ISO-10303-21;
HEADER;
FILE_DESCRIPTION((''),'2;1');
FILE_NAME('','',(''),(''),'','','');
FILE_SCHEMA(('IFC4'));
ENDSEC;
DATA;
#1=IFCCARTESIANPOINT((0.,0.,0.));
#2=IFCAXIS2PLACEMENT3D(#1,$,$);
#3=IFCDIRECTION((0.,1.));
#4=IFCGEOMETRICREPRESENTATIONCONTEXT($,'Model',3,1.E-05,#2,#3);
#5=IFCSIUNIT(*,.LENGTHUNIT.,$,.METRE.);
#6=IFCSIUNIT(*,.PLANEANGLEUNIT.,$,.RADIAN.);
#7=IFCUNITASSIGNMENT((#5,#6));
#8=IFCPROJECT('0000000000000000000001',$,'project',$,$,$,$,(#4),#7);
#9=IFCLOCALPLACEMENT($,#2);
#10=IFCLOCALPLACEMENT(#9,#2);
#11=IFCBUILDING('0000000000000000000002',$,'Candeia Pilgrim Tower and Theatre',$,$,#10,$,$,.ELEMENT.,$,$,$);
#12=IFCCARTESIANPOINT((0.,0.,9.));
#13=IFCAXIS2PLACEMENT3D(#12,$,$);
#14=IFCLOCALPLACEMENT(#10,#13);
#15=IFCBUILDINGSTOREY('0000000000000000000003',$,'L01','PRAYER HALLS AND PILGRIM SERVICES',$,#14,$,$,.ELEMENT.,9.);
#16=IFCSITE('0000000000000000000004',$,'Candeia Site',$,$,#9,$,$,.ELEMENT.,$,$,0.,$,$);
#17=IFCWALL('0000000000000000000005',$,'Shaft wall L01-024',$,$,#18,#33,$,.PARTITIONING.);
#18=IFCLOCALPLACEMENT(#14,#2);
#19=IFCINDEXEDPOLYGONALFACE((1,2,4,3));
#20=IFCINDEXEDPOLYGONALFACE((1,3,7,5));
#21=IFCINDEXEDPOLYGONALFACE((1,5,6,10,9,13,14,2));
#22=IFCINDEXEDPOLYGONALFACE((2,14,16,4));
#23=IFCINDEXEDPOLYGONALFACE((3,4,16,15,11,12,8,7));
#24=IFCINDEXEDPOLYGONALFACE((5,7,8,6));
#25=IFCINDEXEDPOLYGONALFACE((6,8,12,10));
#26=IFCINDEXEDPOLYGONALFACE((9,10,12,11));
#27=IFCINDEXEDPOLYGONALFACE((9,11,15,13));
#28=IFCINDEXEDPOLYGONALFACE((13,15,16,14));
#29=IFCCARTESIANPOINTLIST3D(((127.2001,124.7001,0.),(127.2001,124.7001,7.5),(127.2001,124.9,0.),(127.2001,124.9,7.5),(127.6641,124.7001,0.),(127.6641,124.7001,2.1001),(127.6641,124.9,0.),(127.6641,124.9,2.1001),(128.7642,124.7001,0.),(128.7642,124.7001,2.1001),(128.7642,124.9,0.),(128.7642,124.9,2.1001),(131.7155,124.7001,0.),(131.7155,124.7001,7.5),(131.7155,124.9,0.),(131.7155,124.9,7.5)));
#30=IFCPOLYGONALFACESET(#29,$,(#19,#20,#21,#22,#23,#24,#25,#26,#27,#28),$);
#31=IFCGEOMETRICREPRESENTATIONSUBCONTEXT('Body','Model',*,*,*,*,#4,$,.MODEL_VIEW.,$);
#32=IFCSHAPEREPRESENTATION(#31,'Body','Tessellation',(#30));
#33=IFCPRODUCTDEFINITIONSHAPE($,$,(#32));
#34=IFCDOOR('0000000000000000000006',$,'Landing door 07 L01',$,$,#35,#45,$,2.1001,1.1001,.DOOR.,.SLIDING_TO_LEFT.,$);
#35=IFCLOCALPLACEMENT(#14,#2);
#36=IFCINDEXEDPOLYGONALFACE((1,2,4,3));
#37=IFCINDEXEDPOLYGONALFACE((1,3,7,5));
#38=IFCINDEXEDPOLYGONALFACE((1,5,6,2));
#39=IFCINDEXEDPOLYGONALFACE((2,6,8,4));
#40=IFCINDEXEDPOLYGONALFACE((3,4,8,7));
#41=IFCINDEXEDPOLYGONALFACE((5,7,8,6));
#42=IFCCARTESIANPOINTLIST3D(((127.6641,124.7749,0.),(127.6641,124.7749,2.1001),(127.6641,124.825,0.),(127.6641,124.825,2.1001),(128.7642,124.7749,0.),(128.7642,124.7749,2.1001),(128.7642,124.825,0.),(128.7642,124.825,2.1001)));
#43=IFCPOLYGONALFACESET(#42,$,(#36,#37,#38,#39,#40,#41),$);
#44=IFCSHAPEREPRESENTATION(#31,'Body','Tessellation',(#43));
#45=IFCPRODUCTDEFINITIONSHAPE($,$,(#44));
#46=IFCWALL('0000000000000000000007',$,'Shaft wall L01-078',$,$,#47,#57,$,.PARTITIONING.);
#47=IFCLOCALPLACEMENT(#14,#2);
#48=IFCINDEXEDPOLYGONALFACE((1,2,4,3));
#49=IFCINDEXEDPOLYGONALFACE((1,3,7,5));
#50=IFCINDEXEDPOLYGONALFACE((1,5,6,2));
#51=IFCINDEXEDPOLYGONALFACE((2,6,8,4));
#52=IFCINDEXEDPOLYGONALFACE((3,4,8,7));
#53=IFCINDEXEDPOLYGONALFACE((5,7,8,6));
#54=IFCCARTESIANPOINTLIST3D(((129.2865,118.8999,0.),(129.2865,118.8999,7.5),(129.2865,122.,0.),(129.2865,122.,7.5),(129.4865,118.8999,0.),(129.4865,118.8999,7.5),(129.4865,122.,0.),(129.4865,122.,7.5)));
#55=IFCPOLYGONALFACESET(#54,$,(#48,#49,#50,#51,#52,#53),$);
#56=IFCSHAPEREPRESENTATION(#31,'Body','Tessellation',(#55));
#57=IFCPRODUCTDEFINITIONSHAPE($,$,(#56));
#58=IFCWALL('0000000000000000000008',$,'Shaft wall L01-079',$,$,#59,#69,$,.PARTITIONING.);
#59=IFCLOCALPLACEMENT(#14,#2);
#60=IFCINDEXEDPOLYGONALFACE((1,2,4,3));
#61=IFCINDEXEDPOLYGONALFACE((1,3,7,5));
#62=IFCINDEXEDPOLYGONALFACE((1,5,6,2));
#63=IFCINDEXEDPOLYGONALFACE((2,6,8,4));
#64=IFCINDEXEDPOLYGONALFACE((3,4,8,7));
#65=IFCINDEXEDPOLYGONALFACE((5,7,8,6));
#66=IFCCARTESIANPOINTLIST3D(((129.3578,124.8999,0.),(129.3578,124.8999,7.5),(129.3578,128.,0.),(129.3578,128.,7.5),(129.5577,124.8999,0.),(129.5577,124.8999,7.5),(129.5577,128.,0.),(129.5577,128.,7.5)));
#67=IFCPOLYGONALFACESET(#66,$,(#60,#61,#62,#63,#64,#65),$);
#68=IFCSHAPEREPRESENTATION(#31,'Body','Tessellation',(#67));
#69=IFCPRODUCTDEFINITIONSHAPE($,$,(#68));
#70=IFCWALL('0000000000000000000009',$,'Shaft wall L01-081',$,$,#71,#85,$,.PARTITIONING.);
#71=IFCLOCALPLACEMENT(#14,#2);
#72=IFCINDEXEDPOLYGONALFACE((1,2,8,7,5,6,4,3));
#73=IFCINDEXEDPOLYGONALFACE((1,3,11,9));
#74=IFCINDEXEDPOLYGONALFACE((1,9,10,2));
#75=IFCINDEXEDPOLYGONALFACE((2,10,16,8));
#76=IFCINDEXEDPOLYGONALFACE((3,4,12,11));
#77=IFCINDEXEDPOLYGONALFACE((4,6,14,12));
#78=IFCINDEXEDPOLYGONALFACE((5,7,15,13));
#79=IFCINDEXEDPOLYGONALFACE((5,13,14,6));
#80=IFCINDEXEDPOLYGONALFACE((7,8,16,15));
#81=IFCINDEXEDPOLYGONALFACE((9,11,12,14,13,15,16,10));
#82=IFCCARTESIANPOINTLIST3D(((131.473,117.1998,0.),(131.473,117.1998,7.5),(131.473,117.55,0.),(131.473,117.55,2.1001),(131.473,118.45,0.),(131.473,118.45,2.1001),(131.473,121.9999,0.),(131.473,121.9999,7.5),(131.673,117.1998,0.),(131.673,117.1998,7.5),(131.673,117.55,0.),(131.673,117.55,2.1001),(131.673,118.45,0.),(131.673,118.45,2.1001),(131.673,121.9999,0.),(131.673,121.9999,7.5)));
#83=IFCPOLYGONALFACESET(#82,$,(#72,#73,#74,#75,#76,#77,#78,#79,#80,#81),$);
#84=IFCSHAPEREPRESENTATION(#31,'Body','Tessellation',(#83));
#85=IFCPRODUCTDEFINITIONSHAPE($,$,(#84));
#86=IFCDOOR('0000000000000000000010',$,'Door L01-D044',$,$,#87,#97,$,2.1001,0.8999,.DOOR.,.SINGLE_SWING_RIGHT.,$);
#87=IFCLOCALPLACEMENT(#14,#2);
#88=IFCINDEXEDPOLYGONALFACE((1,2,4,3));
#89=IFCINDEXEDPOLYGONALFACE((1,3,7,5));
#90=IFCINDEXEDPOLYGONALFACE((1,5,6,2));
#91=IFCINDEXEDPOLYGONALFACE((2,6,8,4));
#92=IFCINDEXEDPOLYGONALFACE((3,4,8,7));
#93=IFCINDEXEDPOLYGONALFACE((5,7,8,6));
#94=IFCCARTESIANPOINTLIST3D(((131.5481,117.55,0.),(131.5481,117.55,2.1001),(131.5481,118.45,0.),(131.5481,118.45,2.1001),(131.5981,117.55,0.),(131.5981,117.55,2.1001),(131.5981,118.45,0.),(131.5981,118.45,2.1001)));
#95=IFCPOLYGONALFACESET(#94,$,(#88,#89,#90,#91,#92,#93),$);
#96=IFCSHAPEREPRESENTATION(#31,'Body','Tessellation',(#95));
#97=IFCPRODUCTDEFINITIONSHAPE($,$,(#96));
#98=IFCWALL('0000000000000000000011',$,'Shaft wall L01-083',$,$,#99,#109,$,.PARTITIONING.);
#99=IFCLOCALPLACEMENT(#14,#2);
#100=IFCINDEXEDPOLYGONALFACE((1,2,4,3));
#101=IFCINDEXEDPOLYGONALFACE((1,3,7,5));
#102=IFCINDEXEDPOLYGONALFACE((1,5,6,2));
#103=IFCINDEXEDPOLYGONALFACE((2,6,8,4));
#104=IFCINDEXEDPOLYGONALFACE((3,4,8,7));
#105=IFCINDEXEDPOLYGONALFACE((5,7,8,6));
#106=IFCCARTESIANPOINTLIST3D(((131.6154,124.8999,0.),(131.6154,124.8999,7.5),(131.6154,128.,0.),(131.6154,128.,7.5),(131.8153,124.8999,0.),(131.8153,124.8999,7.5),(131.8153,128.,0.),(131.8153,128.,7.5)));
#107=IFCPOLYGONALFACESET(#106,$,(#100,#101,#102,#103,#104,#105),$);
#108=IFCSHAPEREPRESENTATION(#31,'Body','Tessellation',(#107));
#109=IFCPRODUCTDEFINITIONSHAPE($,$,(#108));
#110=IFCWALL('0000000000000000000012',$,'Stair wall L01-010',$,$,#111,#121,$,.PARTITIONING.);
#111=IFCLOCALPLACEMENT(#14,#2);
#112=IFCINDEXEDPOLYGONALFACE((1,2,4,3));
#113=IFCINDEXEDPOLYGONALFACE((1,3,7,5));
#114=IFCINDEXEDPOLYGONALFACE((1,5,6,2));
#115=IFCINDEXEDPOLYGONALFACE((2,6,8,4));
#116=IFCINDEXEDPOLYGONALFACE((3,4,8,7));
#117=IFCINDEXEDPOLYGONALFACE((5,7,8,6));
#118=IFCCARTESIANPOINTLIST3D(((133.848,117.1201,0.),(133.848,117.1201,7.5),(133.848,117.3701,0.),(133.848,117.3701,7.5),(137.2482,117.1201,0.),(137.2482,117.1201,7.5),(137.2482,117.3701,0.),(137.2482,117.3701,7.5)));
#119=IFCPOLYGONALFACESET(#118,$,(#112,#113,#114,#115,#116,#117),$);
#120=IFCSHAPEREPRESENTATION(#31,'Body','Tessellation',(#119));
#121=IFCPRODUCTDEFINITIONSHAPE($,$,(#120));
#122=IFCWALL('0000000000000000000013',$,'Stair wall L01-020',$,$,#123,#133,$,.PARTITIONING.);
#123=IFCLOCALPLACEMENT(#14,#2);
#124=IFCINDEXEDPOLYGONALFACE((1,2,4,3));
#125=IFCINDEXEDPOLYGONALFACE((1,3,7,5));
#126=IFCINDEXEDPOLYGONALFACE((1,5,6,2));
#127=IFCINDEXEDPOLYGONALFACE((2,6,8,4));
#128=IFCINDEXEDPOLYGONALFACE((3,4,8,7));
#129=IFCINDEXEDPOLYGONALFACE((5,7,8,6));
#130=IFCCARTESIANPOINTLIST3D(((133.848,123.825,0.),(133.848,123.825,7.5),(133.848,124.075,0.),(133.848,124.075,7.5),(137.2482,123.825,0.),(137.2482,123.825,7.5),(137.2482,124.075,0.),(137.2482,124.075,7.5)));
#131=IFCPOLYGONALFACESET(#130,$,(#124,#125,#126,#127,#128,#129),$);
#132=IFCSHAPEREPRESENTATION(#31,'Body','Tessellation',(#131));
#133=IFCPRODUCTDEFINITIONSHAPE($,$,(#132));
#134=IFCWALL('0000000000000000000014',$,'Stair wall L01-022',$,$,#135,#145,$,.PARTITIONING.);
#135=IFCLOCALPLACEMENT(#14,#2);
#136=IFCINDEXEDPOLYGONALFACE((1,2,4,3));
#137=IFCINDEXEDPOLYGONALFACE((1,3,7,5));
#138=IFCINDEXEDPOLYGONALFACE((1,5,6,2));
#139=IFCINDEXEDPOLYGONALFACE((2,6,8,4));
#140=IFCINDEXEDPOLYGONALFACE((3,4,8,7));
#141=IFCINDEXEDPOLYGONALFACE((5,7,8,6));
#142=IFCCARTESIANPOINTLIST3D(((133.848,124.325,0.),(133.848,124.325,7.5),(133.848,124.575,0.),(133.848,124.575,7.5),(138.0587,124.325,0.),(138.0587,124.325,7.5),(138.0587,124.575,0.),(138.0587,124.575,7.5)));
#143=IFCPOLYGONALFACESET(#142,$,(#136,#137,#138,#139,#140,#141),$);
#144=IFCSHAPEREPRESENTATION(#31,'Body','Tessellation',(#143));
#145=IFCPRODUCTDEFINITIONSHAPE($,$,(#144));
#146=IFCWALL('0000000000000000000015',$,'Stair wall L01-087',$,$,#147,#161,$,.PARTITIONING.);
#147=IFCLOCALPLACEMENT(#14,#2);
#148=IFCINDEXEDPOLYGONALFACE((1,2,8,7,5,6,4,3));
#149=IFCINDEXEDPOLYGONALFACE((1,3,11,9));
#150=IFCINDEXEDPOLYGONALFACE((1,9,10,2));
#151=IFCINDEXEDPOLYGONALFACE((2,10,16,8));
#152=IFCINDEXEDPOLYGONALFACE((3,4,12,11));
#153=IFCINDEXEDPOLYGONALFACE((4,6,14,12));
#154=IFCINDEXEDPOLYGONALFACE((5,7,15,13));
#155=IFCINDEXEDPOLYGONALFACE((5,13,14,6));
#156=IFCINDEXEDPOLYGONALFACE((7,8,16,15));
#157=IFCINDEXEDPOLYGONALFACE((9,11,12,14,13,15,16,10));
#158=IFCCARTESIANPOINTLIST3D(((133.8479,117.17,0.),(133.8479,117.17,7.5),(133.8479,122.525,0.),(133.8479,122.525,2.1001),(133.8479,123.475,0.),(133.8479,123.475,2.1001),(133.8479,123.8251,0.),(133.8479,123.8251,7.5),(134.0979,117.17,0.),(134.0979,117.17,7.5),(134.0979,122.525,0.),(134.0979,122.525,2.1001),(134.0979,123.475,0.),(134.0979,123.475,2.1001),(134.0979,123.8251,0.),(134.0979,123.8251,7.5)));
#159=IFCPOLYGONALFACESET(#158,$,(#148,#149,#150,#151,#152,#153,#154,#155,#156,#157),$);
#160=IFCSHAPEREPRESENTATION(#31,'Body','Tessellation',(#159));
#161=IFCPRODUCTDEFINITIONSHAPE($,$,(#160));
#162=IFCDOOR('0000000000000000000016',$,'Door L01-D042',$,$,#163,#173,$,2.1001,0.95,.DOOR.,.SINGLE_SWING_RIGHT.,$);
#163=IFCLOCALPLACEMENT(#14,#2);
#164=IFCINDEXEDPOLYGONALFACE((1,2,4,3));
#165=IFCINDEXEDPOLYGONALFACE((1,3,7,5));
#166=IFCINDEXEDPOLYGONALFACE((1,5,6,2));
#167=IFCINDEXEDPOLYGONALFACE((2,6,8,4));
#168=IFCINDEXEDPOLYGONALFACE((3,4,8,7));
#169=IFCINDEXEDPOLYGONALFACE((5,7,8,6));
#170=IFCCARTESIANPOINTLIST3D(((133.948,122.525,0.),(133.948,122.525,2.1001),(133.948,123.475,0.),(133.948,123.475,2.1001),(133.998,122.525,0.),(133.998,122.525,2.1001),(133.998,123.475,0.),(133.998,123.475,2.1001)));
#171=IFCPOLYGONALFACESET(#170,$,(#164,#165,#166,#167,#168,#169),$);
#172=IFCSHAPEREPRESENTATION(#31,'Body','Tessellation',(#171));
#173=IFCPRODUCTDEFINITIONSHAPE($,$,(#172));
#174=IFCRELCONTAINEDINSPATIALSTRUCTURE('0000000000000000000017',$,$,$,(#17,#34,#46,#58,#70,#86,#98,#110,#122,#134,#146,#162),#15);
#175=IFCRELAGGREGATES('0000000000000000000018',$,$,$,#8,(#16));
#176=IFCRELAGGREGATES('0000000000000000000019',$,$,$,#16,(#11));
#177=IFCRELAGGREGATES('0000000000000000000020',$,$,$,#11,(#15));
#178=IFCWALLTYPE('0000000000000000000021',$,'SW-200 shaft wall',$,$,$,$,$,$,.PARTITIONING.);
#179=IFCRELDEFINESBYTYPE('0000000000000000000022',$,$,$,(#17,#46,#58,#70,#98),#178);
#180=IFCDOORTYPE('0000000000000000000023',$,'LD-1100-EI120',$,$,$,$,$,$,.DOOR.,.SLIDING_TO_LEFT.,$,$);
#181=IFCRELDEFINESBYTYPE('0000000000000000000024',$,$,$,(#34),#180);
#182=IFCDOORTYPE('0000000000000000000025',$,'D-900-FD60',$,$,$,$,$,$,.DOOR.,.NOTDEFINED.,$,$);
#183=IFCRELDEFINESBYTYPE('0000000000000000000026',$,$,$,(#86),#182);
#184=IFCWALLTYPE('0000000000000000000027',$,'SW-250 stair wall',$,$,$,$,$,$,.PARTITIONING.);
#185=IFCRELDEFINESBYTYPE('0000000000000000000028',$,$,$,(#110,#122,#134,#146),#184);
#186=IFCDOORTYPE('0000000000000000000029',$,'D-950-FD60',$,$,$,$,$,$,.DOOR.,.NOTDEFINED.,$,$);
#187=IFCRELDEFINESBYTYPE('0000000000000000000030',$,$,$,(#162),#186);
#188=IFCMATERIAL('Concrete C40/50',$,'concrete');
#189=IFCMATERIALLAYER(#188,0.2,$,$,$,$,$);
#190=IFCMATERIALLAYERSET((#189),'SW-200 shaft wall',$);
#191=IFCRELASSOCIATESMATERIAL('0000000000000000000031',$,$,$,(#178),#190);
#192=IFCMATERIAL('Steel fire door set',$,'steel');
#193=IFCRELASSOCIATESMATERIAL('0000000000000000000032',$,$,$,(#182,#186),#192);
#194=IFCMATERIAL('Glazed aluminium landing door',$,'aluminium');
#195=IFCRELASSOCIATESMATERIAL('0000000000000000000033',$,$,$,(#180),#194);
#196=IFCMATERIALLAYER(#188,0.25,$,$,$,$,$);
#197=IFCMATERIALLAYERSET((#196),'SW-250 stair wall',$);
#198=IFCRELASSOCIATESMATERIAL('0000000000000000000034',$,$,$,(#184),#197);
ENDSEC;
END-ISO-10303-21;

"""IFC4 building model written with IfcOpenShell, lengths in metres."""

from ifc_helpers import new_model, si_unit, direction, frame, frame_2d, origin, place, context, subcontext, project, spatial, rectangle, extrude, material, layer, layer_set, type_object, element, fill, save


model = new_model("IFC4")

# Units and contexts
model_context = context("Model", 3, precision=1e-05, world=origin(), true_north=direction((0.0, 1.0)))
body_context = subcontext(model_context, "Body", "Model", "MODEL_VIEW")
ifc_project = project(units=[si_unit("LENGTHUNIT", "METRE"), si_unit("PLANEANGLEUNIT", "RADIAN")], contexts=[model_context])

# Site, building, storey
site_placement = place(None, origin())
site = spatial("IfcSite", under=ifc_project, at=site_placement, Name="Candeia Site", CompositionType="ELEMENT", RefElevation=0.0)
building_placement = place(site_placement, origin())
building = spatial("IfcBuilding", under=site, at=building_placement, Name="Candeia Pilgrim Tower and Theatre", CompositionType="ELEMENT")
storey_placement = place(building_placement, frame((0.0, 0.0, 9.0)))
storey = spatial("IfcBuildingStorey", under=building, at=storey_placement, Name="L01", Description="PRAYER HALLS AND PILGRIM SERVICES", CompositionType="ELEMENT", Elevation=9.0)

# Shared definitions
ifc_material_1 = material(Name="Steel fire door set", Category="steel")

# Shared definitions
ifc_material_2 = material(Name="Concrete C40/50", Category="concrete")
ifc_layer_1 = layer(ifc_material_2, 0.2)
ifc_layer_set_1 = layer_set([ifc_layer_1], Name="SW-200 shaft wall")
wall_type_1 = type_object("IfcWallType", Name="SW-200 shaft wall", PredefinedType="PARTITIONING", material=ifc_layer_set_1)

# Shared definitions
door_type_1 = type_object("IfcDoorType", Name="D-900-FD60", OperationType="NOTDEFINED", PredefinedType="DOOR", material=ifc_material_1)

# Wall, opening, door
wall_1_placement = place(storey_placement, frame((127.2, 124.8, 0.0), z_axis=(0.0, 0.0, 1.0), x_axis=(1.0, 0.0, 0.0)))
wall_1 = element("IfcWall", 1, at=wall_1_placement, inside=storey, type_object=wall_type_1, Name="Shaft wall L01-024", PredefinedType="PARTITIONING", context=body_context, shape_type="SweptSolid", body=[
    extrude(rectangle(XDim=4.5154, YDim=0.2, at=frame_2d((2.2578, 0.0))), origin(), (0.0, 0.0, 1.0), 7.5),
])
opening_1_placement = place(wall_1_placement, frame((0.4641, 0.0, 0.0)))
opening_1 = element("IfcOpeningElement", 2, at=opening_1_placement, cuts=wall_1, PredefinedType="OPENING", context=body_context, shape_type="SweptSolid", body=[
    extrude(rectangle(XDim=1.1001, YDim=2.1001, at=frame_2d((0.55, 1.05))), frame((0.0, 0.1099, 0.0), z_axis=(0.0, -1.0, 0.0), x_axis=(1.0, 0.0, 0.0)), (0.0, 0.0, 1.0), 0.22),
])
ifc_material_3 = material(Name="Glazed aluminium landing door", Category="aluminium")
door_type_2 = type_object("IfcDoorType", Name="LD-1100-EI120", OperationType="SLIDING_TO_LEFT", PredefinedType="DOOR", material=ifc_material_3)
door_1_placement = place(opening_1_placement, origin())
door_1 = element("IfcDoor", 3, at=door_1_placement, inside=storey, type_object=door_type_2, Name="Landing door 07 L01", OperationType="SLIDING_TO_LEFT", OverallHeight=2.1001, OverallWidth=1.1001, PredefinedType="DOOR", context=body_context, shape_type="SweptSolid", body=[
    extrude(rectangle(XDim=1.1001, YDim=2.1001, at=frame_2d((0.55, 1.05))), frame((0.0, 0.0249, 0.0), z_axis=(0.0, -1.0, 0.0), x_axis=(1.0, 0.0, 0.0)), (0.0, 0.0, 1.0), 0.05),
])
fill(opening_1, door_1)

# Walls
for number, where, z_axis, x_axis, name in (
    (4, (129.3865, 118.8999, 0.0), (0.0, 0.0, 1.0), (0.0, 1.0, 0.0), "Shaft wall L01-078"),
    (5, (129.4578, 124.8999, 0.0), (0.0, 0.0, 1.0), (0.0, 1.0, 0.0), "Shaft wall L01-079"),
):
    element("IfcWall", number, at=place(storey_placement, frame(where, z_axis=z_axis, x_axis=x_axis)), inside=storey, type_object=wall_type_1, Name=name, PredefinedType="PARTITIONING", context=body_context, shape_type="SweptSolid", body=[
        extrude(rectangle(XDim=3.1001, YDim=0.2, at=frame_2d((1.55, 0.0))), origin(), (0.0, 0.0, 1.0), 7.5),
    ])

# Wall, opening, door
wall_2_placement = place(storey_placement, frame((131.573, 117.2, 0.0), z_axis=(0.0, 0.0, 1.0), x_axis=(0.0, 1.0, 0.0)))
wall_2 = element("IfcWall", 6, at=wall_2_placement, inside=storey, type_object=wall_type_1, Name="Shaft wall L01-081", PredefinedType="PARTITIONING", context=body_context, shape_type="SweptSolid", body=[
    extrude(rectangle(XDim=4.8, YDim=0.2, at=frame_2d((2.3999, 0.0))), origin(), (0.0, 0.0, 1.0), 7.5),
])
opening_2_placement = place(wall_2_placement, frame((0.3501, 0.0, 0.0)))
opening_2 = element("IfcOpeningElement", 7, at=opening_2_placement, cuts=wall_2, PredefinedType="OPENING", context=body_context, shape_type="SweptSolid", body=[
    extrude(rectangle(XDim=0.8999, YDim=2.1001, at=frame_2d((0.45, 1.05))), frame((0.0, 0.1099, 0.0), z_axis=(0.0, -1.0, 0.0), x_axis=(1.0, 0.0, 0.0)), (0.0, 0.0, 1.0), 0.22),
])
door_2_placement = place(opening_2_placement, origin())
door_2 = element("IfcDoor", 8, at=door_2_placement, inside=storey, type_object=door_type_1, Name="Door L01-D044", OperationType="SINGLE_SWING_RIGHT", OverallHeight=2.1001, OverallWidth=0.8999, PredefinedType="DOOR", context=body_context, shape_type="SweptSolid", body=[
    extrude(rectangle(XDim=0.8999, YDim=2.1001, at=frame_2d((0.45, 1.05))), frame((0.0, 0.0249, 0.0), z_axis=(0.0, -1.0, 0.0), x_axis=(1.0, 0.0, 0.0)), (0.0, 0.0, 1.0), 0.05),
])
fill(opening_2, door_2)

# Walls
wall_3_placement = place(storey_placement, frame((131.7153, 124.8999, 0.0), z_axis=(0.0, 0.0, 1.0), x_axis=(0.0, 1.0, 0.0)))
element("IfcWall", 9, at=wall_3_placement, inside=storey, type_object=wall_type_1, Name="Shaft wall L01-083", PredefinedType="PARTITIONING", context=body_context, shape_type="SweptSolid", body=[
    extrude(rectangle(XDim=3.1001, YDim=0.2, at=frame_2d((1.55, 0.0))), origin(), (0.0, 0.0, 1.0), 7.5),
])
ifc_layer_2 = layer(ifc_material_2, 0.25)
ifc_layer_set_2 = layer_set([ifc_layer_2], Name="SW-250 stair wall")
wall_type_2 = type_object("IfcWallType", Name="SW-250 stair wall", PredefinedType="PARTITIONING", material=ifc_layer_set_2)
for number, where, z_axis, x_axis, name in (
    (10, (133.8479, 117.2451, 0.0), (0.0, 0.0, 1.0), (1.0, 0.0, 0.0), "Stair wall L01-010"),
    (11, (133.8479, 123.95, 0.0), (0.0, 0.0, 1.0), (1.0, 0.0, 0.0), "Stair wall L01-020"),
):
    element("IfcWall", number, at=place(storey_placement, frame(where, z_axis=z_axis, x_axis=x_axis)), inside=storey, type_object=wall_type_2, Name=name, PredefinedType="PARTITIONING", context=body_context, shape_type="SweptSolid", body=[
        extrude(rectangle(XDim=3.4001, YDim=0.25, at=frame_2d((1.7002, 0.0))), origin(), (0.0, 0.0, 1.0), 7.5),
    ])
wall_4_placement = place(storey_placement, frame((133.8479, 124.45, 0.0), z_axis=(0.0, 0.0, 1.0), x_axis=(1.0, 0.0, 0.0)))
element("IfcWall", 12, at=wall_4_placement, inside=storey, type_object=wall_type_2, Name="Stair wall L01-022", PredefinedType="PARTITIONING", context=body_context, shape_type="SweptSolid", body=[
    extrude(rectangle(XDim=4.2107, YDim=0.25, at=frame_2d((2.1055, 0.0))), origin(), (0.0, 0.0, 1.0), 7.5),
])

# Wall, opening, door
wall_5_placement = place(storey_placement, frame((133.9729, 117.1699, 0.0), z_axis=(0.0, 0.0, 1.0), x_axis=(0.0, 1.0, 0.0)))
wall_5 = element("IfcWall", 13, at=wall_5_placement, inside=storey, type_object=wall_type_2, Name="Stair wall L01-087", PredefinedType="PARTITIONING", context=body_context, shape_type="SweptSolid", body=[
    extrude(rectangle(XDim=6.655, YDim=0.25, at=frame_2d((3.3276, 0.0))), origin(), (0.0, 0.0, 1.0), 7.5),
])
opening_3_placement = place(wall_5_placement, frame((5.355, 0.0, 0.0)))
opening_3 = element("IfcOpeningElement", 14, at=opening_3_placement, cuts=wall_5, PredefinedType="OPENING", context=body_context, shape_type="SweptSolid", body=[
    extrude(rectangle(XDim=0.95, YDim=2.1001, at=frame_2d((0.4751, 1.05))), frame((0.0, 0.135, 0.0), z_axis=(0.0, -1.0, 0.0), x_axis=(1.0, 0.0, 0.0)), (0.0, 0.0, 1.0), 0.27),
])
door_type_3 = type_object("IfcDoorType", Name="D-950-FD60", OperationType="NOTDEFINED", PredefinedType="DOOR", material=ifc_material_1)
door_3_placement = place(opening_3_placement, origin())
door_3 = element("IfcDoor", 15, at=door_3_placement, inside=storey, type_object=door_type_3, Name="Door L01-D042", OperationType="SINGLE_SWING_RIGHT", OverallHeight=2.1001, OverallWidth=0.95, PredefinedType="DOOR", context=body_context, shape_type="SweptSolid", body=[
    extrude(rectangle(XDim=0.95, YDim=2.1001, at=frame_2d((0.4751, 1.05))), frame((0.0, 0.0249, 0.0), z_axis=(0.0, -1.0, 0.0), x_axis=(1.0, 0.0, 0.0)), (0.0, 0.0, 1.0), 0.05),
])
fill(opening_3, door_3)

save(model, "model.ifc")
